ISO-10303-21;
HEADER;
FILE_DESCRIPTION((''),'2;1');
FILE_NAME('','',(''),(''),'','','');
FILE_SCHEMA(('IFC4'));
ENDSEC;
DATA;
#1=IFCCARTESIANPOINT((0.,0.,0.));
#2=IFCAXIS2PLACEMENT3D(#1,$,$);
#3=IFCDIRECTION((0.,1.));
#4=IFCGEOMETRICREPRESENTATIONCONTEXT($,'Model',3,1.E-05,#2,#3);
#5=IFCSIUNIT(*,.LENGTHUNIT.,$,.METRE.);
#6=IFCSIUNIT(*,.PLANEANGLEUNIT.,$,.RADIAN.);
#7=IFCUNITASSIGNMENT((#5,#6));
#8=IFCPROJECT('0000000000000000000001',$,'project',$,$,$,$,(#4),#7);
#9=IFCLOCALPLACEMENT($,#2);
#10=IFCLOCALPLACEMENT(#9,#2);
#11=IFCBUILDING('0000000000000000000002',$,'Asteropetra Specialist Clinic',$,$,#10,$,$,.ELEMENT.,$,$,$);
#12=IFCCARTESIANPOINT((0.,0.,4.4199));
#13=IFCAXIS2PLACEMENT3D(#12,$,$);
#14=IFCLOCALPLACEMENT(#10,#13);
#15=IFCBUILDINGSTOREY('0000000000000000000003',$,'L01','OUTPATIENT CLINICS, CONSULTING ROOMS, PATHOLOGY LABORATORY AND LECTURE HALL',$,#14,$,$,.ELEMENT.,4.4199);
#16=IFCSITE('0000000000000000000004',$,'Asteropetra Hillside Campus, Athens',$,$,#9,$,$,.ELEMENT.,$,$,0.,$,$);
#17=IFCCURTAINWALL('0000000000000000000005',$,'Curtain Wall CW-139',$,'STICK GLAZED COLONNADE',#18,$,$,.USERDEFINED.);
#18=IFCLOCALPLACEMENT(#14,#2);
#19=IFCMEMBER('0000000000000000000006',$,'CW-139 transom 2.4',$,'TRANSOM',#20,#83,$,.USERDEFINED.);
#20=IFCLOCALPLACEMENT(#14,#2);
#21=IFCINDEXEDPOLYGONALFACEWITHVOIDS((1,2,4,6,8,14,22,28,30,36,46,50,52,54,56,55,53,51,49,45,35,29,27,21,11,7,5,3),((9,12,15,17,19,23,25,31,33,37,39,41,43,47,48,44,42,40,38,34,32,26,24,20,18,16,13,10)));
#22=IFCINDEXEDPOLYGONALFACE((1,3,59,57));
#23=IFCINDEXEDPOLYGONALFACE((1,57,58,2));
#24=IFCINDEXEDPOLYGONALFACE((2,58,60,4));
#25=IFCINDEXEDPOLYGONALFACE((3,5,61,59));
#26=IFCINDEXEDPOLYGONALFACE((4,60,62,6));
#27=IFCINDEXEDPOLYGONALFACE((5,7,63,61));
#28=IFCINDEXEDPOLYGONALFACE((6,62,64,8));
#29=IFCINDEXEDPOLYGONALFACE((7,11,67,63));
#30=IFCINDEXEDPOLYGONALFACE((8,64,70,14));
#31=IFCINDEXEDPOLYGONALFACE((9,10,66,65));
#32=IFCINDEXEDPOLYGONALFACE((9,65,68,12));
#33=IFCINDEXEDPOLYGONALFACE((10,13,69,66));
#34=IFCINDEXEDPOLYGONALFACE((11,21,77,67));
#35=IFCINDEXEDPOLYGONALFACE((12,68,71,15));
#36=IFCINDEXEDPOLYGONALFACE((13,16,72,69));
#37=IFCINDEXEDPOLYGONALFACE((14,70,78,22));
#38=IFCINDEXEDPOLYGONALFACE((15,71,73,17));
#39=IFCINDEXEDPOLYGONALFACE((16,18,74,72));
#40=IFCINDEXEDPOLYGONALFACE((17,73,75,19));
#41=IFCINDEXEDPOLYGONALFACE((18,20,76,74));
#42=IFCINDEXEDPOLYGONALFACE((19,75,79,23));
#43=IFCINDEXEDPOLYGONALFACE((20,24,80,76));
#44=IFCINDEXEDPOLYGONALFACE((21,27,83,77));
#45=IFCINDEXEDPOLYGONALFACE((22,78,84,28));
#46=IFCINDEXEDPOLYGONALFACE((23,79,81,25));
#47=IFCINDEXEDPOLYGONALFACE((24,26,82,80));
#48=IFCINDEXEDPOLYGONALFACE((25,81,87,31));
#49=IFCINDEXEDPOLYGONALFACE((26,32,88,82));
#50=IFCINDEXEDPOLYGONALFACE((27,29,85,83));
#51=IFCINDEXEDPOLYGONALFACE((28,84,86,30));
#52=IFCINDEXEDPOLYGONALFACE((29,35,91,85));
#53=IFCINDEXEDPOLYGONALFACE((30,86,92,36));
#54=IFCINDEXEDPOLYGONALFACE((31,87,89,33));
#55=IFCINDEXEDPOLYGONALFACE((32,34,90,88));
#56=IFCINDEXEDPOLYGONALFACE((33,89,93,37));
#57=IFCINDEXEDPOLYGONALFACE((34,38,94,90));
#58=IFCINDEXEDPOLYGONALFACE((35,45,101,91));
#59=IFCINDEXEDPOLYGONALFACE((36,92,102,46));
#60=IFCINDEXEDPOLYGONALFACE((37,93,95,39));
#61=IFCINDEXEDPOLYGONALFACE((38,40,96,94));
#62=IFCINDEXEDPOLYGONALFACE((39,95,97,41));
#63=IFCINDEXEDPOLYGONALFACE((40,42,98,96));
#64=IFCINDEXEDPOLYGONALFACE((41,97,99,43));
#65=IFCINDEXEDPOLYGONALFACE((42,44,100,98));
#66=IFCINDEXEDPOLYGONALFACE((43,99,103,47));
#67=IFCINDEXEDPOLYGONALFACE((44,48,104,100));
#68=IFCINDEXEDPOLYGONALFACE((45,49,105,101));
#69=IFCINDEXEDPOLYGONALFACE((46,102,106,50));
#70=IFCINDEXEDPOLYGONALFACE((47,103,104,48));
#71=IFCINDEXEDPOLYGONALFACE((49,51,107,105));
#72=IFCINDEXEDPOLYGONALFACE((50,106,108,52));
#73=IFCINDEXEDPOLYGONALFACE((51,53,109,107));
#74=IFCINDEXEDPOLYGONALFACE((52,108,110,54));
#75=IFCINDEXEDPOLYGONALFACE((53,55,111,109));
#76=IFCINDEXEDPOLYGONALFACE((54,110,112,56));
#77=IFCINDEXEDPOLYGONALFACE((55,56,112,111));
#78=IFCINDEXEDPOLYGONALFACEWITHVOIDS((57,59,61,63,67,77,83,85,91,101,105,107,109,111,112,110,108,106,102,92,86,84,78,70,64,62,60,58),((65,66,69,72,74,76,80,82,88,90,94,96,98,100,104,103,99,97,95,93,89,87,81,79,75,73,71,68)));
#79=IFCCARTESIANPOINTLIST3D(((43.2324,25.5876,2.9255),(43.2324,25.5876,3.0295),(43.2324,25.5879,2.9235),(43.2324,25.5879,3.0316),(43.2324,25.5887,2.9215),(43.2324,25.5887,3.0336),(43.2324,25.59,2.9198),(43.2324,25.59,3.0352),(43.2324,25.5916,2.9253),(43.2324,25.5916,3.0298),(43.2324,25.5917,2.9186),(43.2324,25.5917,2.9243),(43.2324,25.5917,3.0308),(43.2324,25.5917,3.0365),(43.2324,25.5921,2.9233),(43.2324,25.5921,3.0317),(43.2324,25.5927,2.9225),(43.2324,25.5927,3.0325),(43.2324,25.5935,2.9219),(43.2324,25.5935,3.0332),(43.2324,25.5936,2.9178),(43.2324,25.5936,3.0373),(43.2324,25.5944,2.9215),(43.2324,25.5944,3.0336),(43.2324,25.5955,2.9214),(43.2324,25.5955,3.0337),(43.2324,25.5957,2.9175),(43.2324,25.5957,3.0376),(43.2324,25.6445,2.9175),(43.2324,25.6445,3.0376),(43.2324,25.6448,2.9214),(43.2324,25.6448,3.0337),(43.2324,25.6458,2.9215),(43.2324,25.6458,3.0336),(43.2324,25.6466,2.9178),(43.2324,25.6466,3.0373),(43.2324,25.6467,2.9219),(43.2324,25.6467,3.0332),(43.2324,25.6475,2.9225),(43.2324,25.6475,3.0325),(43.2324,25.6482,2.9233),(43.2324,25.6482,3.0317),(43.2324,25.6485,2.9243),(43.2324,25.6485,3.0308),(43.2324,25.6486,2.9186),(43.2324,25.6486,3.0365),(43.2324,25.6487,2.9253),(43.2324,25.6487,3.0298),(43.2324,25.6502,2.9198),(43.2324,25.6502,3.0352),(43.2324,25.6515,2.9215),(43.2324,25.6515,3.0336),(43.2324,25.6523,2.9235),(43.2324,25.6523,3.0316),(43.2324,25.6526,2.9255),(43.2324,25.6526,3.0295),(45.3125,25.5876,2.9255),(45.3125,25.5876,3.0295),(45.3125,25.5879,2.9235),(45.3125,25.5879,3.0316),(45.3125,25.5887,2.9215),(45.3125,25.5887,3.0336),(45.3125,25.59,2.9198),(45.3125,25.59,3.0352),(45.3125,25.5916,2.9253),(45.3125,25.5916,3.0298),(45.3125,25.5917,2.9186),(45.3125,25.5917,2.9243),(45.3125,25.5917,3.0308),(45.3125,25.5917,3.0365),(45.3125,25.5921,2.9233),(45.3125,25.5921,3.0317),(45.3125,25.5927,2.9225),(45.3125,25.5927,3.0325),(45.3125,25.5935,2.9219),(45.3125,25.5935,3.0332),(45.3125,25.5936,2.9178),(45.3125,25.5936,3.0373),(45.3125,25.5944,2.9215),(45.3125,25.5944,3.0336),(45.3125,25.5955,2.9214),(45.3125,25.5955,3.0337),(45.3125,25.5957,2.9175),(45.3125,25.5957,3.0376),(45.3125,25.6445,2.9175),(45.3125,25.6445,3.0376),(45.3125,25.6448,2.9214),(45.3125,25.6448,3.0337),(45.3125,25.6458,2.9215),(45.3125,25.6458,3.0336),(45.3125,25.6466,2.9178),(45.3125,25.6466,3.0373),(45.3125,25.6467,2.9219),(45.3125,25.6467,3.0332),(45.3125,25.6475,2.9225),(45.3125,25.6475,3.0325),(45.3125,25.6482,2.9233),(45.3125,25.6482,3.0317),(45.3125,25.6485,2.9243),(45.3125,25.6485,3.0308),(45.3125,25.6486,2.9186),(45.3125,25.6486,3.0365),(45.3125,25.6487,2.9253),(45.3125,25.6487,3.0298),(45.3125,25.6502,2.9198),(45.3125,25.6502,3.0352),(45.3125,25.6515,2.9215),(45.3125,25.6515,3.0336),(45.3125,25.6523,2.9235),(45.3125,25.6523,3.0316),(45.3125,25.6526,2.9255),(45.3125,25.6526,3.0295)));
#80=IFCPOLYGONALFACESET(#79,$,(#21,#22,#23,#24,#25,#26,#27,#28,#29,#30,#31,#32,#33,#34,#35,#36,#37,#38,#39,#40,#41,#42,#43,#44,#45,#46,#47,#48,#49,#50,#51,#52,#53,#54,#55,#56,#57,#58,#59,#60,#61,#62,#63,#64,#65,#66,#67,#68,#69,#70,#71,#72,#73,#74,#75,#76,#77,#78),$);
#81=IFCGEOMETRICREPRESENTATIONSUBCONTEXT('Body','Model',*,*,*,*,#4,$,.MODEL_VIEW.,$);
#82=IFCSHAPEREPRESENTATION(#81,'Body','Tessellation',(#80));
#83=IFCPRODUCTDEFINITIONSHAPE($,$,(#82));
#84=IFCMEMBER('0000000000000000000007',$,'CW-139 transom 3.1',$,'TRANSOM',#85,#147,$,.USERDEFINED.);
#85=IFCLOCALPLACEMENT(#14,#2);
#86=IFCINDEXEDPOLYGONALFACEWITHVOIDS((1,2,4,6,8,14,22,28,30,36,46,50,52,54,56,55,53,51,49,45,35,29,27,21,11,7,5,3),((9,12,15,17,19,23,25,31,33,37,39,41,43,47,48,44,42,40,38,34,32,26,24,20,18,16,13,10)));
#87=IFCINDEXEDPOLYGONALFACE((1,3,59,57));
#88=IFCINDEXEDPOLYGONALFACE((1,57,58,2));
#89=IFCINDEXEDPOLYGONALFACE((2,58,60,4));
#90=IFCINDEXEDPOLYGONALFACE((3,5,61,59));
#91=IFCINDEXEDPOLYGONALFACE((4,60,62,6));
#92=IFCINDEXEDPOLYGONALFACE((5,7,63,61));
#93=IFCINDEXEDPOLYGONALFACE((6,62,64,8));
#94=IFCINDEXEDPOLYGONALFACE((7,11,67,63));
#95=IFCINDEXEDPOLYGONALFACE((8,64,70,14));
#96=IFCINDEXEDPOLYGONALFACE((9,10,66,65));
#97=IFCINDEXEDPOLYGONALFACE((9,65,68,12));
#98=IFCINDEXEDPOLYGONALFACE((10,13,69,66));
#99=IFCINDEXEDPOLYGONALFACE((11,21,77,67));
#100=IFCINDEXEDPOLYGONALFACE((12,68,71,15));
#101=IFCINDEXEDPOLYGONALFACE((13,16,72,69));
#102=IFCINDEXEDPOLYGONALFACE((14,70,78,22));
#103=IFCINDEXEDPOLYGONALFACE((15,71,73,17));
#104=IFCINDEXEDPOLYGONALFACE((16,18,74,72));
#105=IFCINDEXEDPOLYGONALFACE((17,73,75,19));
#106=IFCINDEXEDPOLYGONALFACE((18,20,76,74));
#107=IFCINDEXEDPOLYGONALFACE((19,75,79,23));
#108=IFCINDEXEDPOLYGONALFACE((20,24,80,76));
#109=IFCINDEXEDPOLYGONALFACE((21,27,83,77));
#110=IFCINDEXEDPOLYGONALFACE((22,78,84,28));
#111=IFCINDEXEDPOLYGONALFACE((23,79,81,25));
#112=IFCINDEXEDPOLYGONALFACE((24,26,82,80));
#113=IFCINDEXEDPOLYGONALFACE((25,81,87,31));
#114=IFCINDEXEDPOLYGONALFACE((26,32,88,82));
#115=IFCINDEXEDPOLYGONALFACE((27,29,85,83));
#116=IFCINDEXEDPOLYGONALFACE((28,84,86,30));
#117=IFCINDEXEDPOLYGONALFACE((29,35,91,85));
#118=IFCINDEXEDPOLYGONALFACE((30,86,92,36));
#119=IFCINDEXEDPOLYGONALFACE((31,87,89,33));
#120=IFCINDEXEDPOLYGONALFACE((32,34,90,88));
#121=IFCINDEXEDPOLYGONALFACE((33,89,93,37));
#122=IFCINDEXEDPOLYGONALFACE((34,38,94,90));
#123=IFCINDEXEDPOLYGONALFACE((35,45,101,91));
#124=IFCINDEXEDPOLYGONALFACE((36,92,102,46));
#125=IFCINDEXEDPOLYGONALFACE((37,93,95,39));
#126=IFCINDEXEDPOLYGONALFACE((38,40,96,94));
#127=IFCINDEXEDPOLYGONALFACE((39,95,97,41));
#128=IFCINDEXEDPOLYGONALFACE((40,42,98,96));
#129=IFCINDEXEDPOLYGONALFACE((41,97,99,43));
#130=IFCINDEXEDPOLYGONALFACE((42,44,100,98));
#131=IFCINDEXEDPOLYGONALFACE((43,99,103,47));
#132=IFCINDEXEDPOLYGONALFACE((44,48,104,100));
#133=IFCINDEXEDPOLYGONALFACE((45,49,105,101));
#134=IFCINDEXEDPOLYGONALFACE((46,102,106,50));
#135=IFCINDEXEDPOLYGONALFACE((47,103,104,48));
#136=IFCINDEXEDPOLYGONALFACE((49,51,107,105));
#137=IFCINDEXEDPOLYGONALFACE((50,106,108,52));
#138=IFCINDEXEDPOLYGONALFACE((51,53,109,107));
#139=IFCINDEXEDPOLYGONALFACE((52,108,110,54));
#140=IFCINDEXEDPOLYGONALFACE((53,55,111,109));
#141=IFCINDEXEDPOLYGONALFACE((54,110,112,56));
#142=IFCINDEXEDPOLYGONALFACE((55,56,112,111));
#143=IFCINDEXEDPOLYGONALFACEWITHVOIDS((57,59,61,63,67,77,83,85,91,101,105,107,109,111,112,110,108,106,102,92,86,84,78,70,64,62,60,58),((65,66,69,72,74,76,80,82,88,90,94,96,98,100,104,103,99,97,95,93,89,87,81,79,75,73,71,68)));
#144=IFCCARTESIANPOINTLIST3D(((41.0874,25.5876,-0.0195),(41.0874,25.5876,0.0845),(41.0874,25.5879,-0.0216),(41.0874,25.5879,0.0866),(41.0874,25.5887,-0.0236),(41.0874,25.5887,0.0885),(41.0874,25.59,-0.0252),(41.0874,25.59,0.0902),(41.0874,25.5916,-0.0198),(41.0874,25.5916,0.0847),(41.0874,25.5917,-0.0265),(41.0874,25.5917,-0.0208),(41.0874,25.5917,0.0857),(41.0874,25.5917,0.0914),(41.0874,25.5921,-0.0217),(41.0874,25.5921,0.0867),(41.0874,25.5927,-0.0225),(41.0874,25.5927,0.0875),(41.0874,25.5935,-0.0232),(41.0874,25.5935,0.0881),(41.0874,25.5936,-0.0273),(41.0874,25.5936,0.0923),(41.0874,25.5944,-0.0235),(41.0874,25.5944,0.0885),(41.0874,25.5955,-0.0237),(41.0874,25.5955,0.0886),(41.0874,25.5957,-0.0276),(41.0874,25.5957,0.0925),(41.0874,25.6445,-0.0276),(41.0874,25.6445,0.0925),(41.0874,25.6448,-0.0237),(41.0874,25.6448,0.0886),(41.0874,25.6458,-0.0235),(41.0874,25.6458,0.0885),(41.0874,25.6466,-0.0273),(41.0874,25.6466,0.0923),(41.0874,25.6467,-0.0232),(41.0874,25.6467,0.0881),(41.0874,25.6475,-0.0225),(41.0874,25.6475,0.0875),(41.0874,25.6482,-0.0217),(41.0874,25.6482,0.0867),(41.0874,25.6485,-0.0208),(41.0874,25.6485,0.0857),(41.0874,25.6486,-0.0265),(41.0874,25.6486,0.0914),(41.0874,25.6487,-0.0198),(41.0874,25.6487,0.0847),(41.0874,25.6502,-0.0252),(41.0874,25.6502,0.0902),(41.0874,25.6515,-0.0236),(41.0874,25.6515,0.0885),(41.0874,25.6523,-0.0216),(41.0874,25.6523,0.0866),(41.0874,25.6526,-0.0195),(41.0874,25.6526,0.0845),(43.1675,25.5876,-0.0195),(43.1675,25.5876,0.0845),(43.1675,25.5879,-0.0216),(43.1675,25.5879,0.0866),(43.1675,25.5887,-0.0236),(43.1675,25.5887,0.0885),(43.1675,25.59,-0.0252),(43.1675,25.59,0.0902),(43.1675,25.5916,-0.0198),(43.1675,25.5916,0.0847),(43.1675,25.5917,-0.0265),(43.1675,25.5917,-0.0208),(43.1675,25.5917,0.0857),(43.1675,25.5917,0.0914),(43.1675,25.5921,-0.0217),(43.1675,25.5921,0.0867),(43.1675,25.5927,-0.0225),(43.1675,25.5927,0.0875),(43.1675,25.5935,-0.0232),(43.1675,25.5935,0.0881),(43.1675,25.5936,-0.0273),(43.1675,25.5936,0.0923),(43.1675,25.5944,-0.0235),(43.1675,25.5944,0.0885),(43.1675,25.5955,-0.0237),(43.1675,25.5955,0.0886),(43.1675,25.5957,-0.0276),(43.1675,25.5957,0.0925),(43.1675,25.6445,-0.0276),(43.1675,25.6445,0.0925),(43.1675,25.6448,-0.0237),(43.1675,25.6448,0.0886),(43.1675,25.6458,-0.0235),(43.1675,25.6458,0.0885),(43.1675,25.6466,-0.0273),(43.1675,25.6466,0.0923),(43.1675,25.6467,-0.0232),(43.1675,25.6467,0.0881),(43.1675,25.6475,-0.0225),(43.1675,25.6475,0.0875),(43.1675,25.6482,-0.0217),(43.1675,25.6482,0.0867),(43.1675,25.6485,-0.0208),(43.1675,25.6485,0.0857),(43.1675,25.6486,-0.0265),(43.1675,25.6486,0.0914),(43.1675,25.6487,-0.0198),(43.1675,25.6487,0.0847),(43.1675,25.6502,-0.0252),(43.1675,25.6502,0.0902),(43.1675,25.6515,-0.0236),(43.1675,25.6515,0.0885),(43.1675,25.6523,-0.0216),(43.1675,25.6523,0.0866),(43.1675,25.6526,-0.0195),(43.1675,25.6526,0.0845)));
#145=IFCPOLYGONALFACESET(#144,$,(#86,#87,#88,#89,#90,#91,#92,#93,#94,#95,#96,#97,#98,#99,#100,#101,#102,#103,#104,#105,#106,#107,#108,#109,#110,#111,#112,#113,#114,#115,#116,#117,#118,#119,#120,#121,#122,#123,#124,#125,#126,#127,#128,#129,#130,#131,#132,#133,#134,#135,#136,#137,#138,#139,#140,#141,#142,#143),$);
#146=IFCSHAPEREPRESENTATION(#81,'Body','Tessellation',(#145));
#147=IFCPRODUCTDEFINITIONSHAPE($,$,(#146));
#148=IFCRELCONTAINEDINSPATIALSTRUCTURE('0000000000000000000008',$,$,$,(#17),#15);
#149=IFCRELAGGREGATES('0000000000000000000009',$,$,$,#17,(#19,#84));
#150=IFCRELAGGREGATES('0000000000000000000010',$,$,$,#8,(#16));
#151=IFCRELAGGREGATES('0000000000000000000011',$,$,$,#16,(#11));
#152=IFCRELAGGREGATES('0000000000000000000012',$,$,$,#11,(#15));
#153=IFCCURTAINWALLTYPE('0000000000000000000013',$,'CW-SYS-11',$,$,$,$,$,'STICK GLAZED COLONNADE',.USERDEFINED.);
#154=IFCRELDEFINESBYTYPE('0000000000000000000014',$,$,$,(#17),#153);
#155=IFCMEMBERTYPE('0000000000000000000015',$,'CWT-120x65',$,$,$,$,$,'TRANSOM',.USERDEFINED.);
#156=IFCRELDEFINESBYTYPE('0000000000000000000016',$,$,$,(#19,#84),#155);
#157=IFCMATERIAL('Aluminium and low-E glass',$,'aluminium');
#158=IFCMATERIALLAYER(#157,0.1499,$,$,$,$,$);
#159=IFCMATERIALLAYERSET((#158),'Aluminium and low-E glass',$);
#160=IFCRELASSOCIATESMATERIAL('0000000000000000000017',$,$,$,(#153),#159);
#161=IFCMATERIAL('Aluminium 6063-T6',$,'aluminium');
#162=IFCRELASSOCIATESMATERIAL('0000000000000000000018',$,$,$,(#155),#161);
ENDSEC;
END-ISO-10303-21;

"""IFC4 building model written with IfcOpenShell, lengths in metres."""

from ifc_helpers import new_model, si_unit, direction, frame, origin, origin_2d, place, context, subcontext, project, spatial, hollow_rectangle, extrude, material, layer, layer_set, material_profile, profile_set, type_object, element, aggregate, save


model = new_model("IFC4")

# Units and contexts
model_context = context("Model", 3, precision=1e-05, world=origin(), true_north=direction((0.0, 1.0)))
body_context = subcontext(model_context, "Body", "Model", "MODEL_VIEW")
ifc_project = project(units=[si_unit("LENGTHUNIT", "METRE"), si_unit("PLANEANGLEUNIT", "RADIAN")], contexts=[model_context])

# Site, building, storey
site_placement = place(None, origin())
site = spatial("IfcSite", under=ifc_project, at=site_placement, Name="Asteropetra Hillside Campus, Athens", CompositionType="ELEMENT", RefElevation=0.0)
building_placement = place(site_placement, origin())
building = spatial("IfcBuilding", under=site, at=building_placement, Name="Asteropetra Specialist Clinic", CompositionType="ELEMENT")
storey_placement = place(building_placement, frame((0.0, 0.0, 4.4199)))
storey = spatial("IfcBuildingStorey", under=building, at=storey_placement, Name="L01", Description="OUTPATIENT CLINICS, CONSULTING ROOMS, PATHOLOGY LABORATORY AND LECTURE HALL", CompositionType="ELEMENT", Elevation=4.4199)

# Curtain wall, members
ifc_material_1 = material(Name="Aluminium and low-E glass", Category="aluminium")
ifc_layer_1 = layer(ifc_material_1, 0.1499)
ifc_layer_set_1 = layer_set([ifc_layer_1], Name="Aluminium and low-E glass")
curtain_wall_type = type_object("IfcCurtainWallType", Name="CW-SYS-11", ElementType="STICK GLAZED COLONNADE", PredefinedType="USERDEFINED", material=ifc_layer_set_1)
curtain_wall_placement = place(storey_placement, origin())
curtain_wall = element("IfcCurtainWall", 1, at=curtain_wall_placement, inside=storey, type_object=curtain_wall_type, Name="Curtain Wall CW-139", ObjectType="STICK GLAZED COLONNADE", PredefinedType="USERDEFINED")
ifc_material_2 = material(Name="Aluminium 6063-T6", Category="aluminium")
ifc_material_profile_1 = material_profile(ifc_material_2, hollow_rectangle(XDim=0.0649, YDim=0.1201, WallThickness=0.0039, InnerFilletRadius=0.0039, OuterFilletRadius=0.0081, at=origin_2d()), Name="TRN 120x65x4.0")
ifc_profile_set_1 = profile_set([ifc_material_profile_1], Name="Aluminium 6063-T6")
member_type_1 = type_object("IfcMemberType", Name="CWT-120x65", ElementType="TRANSOM", PredefinedType="USERDEFINED", material=ifc_profile_set_1)
member_1_placement = place(storey_placement, frame((45.3125, 25.6201, 2.9775), z_axis=(-1.0, 0.0, 0.0), x_axis=(0.0, -1.0, 0.0)))
member_1 = element("IfcMember", 2, at=member_1_placement, type_object=member_type_1, Name="CW-139 transom 2.4", ObjectType="TRANSOM", PredefinedType="USERDEFINED", context=body_context, shape_type="SweptSolid", body=[
    extrude(hollow_rectangle(XDim=0.0649, YDim=0.1201, WallThickness=0.0039, InnerFilletRadius=0.0039, OuterFilletRadius=0.0081, at=origin_2d()), origin(), (0.0, 0.0, 1.0), 2.0801),
])
member_2_placement = place(storey_placement, frame((43.1675, 25.6201, 0.0325), z_axis=(-1.0, 0.0, 0.0), x_axis=(0.0, -1.0, 0.0)))
member_2 = element("IfcMember", 3, at=member_2_placement, type_object=member_type_1, Name="CW-139 transom 3.1", ObjectType="TRANSOM", PredefinedType="USERDEFINED", context=body_context, shape_type="SweptSolid", body=[
    extrude(hollow_rectangle(XDim=0.0649, YDim=0.1201, WallThickness=0.0039, InnerFilletRadius=0.0039, OuterFilletRadius=0.0081, at=origin_2d()), origin(), (0.0, 0.0, 1.0), 2.0801),
])
aggregate(curtain_wall, [member_1, member_2])

save(model, "model.ifc")
